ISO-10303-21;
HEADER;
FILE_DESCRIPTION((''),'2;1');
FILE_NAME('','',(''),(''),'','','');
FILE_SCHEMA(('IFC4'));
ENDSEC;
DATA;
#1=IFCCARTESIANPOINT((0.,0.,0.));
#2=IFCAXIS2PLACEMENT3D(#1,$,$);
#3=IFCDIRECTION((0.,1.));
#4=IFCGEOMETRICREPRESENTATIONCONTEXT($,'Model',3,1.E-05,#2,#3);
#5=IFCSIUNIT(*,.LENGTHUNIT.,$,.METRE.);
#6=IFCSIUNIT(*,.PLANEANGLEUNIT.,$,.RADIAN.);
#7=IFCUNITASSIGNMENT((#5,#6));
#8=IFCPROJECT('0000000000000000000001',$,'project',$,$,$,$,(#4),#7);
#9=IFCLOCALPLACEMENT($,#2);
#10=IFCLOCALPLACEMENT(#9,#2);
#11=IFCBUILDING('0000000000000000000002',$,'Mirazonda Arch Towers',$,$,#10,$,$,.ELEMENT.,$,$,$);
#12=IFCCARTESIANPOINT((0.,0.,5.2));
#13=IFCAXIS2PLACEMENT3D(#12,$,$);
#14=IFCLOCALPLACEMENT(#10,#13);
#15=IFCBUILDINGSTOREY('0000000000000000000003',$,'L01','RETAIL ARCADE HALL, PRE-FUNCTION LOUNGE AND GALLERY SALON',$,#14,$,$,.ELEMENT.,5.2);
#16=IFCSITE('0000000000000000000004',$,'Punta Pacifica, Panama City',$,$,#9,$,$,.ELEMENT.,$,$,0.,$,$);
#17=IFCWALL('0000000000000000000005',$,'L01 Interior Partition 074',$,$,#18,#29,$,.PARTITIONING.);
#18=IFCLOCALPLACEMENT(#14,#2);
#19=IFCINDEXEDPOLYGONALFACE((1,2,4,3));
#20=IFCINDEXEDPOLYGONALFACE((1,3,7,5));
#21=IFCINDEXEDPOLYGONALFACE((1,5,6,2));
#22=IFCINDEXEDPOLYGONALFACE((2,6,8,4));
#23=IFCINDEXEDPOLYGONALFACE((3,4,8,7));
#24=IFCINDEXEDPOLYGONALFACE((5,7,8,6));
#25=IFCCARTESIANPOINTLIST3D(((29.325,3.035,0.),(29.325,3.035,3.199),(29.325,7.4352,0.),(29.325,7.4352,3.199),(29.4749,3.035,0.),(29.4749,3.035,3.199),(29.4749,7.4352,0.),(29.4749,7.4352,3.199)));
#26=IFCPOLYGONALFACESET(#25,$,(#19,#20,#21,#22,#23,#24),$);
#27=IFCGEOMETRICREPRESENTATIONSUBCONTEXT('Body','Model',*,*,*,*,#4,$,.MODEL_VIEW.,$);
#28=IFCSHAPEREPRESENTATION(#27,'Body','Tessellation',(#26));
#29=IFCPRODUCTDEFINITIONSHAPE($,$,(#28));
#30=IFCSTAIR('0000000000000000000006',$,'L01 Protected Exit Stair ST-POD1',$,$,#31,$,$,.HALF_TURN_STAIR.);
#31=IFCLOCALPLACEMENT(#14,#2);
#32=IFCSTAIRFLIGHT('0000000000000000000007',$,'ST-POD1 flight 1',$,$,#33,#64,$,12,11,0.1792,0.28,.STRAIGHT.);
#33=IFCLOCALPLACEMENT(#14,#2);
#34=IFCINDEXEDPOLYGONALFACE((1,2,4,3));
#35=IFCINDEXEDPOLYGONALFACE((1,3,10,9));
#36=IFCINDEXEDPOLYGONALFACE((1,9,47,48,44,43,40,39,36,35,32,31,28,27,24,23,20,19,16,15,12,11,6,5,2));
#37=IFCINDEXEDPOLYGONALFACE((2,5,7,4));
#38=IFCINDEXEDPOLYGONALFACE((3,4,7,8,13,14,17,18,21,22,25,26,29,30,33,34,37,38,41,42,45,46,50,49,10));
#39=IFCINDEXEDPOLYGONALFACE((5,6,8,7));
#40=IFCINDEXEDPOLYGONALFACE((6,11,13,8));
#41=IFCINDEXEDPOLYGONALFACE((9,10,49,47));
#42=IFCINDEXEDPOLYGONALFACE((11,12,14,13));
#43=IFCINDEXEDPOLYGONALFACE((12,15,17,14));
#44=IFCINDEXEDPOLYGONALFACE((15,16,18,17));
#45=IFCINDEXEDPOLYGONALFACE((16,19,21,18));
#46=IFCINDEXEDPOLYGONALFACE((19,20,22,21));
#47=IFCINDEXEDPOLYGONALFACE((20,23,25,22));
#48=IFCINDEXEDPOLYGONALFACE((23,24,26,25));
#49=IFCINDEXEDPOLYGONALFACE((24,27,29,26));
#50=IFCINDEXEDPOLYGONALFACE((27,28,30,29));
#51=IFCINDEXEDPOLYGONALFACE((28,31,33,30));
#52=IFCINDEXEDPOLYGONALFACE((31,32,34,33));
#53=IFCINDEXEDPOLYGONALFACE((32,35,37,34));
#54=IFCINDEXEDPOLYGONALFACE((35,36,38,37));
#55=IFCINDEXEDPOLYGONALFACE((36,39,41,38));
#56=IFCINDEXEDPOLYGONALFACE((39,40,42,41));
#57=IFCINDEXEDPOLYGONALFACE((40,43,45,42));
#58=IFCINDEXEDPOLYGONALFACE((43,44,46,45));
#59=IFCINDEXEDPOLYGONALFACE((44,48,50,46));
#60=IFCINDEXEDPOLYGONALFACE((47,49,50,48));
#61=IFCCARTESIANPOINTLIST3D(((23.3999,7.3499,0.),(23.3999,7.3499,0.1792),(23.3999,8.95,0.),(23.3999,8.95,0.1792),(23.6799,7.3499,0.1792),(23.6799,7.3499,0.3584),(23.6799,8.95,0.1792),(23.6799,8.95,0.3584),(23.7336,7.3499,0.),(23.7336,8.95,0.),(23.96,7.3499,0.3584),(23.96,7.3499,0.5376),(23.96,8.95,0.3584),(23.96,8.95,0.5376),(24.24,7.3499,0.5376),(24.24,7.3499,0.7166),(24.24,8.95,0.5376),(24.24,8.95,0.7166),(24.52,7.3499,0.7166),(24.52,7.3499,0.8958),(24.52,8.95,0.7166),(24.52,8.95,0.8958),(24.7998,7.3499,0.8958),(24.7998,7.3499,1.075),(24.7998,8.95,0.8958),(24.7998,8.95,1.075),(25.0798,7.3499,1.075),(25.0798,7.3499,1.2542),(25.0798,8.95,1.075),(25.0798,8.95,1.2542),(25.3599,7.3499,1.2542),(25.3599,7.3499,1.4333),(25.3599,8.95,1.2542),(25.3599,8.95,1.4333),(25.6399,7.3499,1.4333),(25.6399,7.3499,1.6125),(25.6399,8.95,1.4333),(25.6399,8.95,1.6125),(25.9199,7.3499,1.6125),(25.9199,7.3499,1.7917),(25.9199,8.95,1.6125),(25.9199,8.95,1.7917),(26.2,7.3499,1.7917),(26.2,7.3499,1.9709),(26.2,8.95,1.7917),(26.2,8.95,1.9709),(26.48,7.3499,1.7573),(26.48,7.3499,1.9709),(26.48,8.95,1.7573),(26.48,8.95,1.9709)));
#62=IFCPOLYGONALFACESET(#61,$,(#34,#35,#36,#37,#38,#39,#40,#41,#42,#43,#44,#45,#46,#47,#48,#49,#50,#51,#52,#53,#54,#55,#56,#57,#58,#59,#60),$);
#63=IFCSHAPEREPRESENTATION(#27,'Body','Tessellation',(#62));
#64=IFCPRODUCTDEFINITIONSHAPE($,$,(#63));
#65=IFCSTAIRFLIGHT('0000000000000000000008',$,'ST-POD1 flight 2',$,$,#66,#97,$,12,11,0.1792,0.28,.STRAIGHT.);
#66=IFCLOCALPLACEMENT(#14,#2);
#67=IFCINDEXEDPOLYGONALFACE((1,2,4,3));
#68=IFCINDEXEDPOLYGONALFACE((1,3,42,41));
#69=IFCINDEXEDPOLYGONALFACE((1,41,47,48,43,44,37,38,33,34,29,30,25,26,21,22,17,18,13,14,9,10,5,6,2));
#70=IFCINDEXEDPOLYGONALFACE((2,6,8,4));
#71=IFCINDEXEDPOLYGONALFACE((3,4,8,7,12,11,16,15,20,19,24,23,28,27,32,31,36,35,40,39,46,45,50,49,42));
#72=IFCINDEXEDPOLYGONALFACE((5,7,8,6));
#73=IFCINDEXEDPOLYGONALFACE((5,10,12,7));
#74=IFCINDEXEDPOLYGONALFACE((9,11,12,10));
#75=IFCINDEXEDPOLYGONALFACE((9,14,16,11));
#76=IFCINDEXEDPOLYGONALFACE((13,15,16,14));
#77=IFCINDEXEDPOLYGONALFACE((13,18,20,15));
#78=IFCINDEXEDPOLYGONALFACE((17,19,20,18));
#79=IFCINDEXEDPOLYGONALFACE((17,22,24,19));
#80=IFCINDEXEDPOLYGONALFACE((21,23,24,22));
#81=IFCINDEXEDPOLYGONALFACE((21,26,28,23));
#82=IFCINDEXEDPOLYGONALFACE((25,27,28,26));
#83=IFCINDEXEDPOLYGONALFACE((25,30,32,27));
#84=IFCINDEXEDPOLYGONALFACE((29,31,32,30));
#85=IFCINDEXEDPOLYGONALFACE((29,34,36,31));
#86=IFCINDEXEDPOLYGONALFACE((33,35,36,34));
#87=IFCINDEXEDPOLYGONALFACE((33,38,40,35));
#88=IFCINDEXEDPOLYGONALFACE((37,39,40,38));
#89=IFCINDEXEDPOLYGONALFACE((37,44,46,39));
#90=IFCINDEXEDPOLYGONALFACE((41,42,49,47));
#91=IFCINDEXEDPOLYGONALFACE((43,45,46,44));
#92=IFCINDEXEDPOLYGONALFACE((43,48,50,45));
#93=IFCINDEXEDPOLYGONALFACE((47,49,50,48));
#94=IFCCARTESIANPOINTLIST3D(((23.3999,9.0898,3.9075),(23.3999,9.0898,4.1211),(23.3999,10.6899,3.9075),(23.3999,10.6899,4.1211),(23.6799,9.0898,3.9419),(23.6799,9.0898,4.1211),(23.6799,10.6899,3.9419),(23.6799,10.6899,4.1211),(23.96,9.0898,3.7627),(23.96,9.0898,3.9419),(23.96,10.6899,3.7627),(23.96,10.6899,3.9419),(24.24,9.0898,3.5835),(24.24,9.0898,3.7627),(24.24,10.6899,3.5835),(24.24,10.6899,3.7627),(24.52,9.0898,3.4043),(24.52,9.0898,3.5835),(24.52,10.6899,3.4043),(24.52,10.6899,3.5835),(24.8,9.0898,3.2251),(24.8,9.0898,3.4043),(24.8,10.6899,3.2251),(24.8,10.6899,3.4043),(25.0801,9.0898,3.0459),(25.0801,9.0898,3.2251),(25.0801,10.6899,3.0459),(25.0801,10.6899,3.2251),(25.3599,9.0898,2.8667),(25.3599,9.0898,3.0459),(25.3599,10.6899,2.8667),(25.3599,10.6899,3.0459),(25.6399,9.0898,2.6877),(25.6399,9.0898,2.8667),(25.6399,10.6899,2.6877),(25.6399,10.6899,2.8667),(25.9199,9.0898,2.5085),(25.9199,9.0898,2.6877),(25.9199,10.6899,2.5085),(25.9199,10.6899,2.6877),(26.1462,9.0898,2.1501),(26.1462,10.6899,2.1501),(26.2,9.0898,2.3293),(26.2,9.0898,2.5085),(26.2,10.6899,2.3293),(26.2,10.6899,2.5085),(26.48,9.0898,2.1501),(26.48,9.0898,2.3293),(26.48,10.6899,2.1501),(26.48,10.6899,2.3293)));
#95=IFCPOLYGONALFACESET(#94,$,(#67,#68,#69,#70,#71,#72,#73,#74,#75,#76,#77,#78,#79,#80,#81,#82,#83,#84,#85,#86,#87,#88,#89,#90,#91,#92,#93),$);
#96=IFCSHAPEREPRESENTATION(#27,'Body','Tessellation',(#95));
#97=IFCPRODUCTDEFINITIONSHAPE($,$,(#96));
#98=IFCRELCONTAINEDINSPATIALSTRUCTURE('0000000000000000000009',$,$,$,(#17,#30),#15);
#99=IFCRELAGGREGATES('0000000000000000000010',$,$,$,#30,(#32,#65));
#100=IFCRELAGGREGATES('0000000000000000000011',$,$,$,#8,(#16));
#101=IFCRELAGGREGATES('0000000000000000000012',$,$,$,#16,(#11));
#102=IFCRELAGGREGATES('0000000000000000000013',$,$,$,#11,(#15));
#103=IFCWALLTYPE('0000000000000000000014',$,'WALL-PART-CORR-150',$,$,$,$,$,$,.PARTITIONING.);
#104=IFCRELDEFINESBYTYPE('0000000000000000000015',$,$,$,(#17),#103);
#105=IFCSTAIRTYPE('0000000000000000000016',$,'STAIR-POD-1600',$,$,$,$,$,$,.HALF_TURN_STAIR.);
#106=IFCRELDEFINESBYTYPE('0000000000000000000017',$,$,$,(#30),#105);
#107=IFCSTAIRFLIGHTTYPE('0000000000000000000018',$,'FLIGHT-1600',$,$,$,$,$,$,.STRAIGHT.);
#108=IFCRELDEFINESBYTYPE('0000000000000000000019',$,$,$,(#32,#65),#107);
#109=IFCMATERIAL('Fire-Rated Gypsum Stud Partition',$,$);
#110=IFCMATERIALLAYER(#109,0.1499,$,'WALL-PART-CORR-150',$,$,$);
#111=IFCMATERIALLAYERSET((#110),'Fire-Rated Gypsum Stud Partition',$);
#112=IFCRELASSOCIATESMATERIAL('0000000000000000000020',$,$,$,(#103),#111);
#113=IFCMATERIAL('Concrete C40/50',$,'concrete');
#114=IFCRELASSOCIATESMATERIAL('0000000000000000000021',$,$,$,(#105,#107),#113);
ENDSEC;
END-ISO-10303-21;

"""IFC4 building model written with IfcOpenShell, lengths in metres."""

from ifc_helpers import new_model, si_unit, direction, frame, frame_2d, origin, place, context, subcontext, project, spatial, polyline, rectangle, outline, extrude, material, layer, layer_set, type_object, element, aggregate, save


model = new_model("IFC4")

# Units and contexts
model_context = context("Model", 3, precision=1e-05, world=origin(), true_north=direction((0.0, 1.0)))
body_context = subcontext(model_context, "Body", "Model", "MODEL_VIEW")
ifc_project = project(units=[si_unit("LENGTHUNIT", "METRE"), si_unit("PLANEANGLEUNIT", "RADIAN")], contexts=[model_context])

# Site, building, storey
site_placement = place(None, origin())
site = spatial("IfcSite", under=ifc_project, at=site_placement, Name="Punta Pacifica, Panama City", CompositionType="ELEMENT", RefElevation=0.0)
building_placement = place(site_placement, origin())
building = spatial("IfcBuilding", under=site, at=building_placement, Name="Mirazonda Arch Towers", CompositionType="ELEMENT")
storey_placement = place(building_placement, frame((0.0, 0.0, 5.2)))
storey = spatial("IfcBuildingStorey", under=building, at=storey_placement, Name="L01", Description="RETAIL ARCADE HALL, PRE-FUNCTION LOUNGE AND GALLERY SALON", CompositionType="ELEMENT", Elevation=5.2)

# Wall
ifc_material_1 = material(Name="Fire-Rated Gypsum Stud Partition")
ifc_layer_1 = layer(ifc_material_1, 0.1499, Name="WALL-PART-CORR-150")
ifc_layer_set_1 = layer_set([ifc_layer_1], Name="Fire-Rated Gypsum Stud Partition")
wall_type_1 = type_object("IfcWallType", Name="WALL-PART-CORR-150", PredefinedType="PARTITIONING", material=ifc_layer_set_1)
wall_1_placement = place(storey_placement, frame((29.3999, 3.0349, 0.0), z_axis=(0.0, 0.0, 1.0), x_axis=(0.0, 1.0, 0.0)))
element("IfcWall", 1, at=wall_1_placement, inside=storey, type_object=wall_type_1, Name="L01 Interior Partition 074", PredefinedType="PARTITIONING", context=body_context, shape_type="SweptSolid", body=[
    extrude(rectangle(XDim=4.4001, YDim=0.1499, at=frame_2d((2.2002, 0.0))), origin(), (0.0, 0.0, 1.0), 3.199),
])

# Stair, stair flights
ifc_material_2 = material(Name="Concrete C40/50", Category="concrete")
stair_type = type_object("IfcStairType", Name="STAIR-POD-1600", PredefinedType="HALF_TURN_STAIR", material=ifc_material_2)
stair_placement = place(storey_placement, origin())
stair = element("IfcStair", 2, at=stair_placement, inside=storey, type_object=stair_type, Name="L01 Protected Exit Stair ST-POD1", PredefinedType="HALF_TURN_STAIR")
stair_flight_type = type_object("IfcStairFlightType", Name="FLIGHT-1600", PredefinedType="STRAIGHT", material=ifc_material_2)
stair_flight_1_placement = place(storey_placement, frame((23.3999, 8.1499, 0.0), z_axis=(0.0, 0.0, 1.0), x_axis=(1.0, 0.0, 0.0)))
stair_flight_1 = element("IfcStairFlight", 3, at=stair_flight_1_placement, type_object=stair_flight_type, Name="ST-POD1 flight 1", NumberOfRisers=12, NumberOfTreads=11, PredefinedType="STRAIGHT", RiserHeight=0.1792, TreadLength=0.28, context=body_context, shape_type="SweptSolid", body=[
    extrude(outline(polyline([(0.0, 0.0), (0.0, 0.1792), (0.28, 0.1792), (0.28, 0.3584), (0.5601, 0.3584), (0.5601, 0.5376), (0.8401, 0.5376), (0.8401, 0.7166), (1.1201, 0.7166), (1.1201, 0.8958), (1.3999, 0.8958), (1.3999, 1.075), (1.6799, 1.075), (1.6799, 1.2542), (1.96, 1.2542), (1.96, 1.4333), (2.24, 1.4333), (2.24, 1.6125), (2.52, 1.6125), (2.52, 1.7917), (2.8, 1.7917), (2.8, 1.9709), (3.0801, 1.9709), (3.0801, 2.1499), (3.0801, 1.7573), (0.3337, 0.0), (0.0, 0.0)])), frame((0.0, 0.8, 0.0), z_axis=(0.0, -1.0, 0.0), x_axis=(1.0, 0.0, 0.0)), (0.0, 0.0, 1.0), 1.6001),
])
stair_flight_2_placement = place(storey_placement, frame((26.48, 9.8899, 2.1501), z_axis=(0.0, 0.0, 1.0), x_axis=(-1.0, 0.0, 0.0)))
stair_flight_2 = element("IfcStairFlight", 4, at=stair_flight_2_placement, type_object=stair_flight_type, Name="ST-POD1 flight 2", NumberOfRisers=12, NumberOfTreads=11, PredefinedType="STRAIGHT", RiserHeight=0.1792, TreadLength=0.28, context=body_context, shape_type="SweptSolid", body=[
    extrude(outline(polyline([(0.0, 0.0), (0.0, 0.1792), (0.28, 0.1792), (0.28, 0.3584), (0.5601, 0.3584), (0.5601, 0.5376), (0.8401, 0.5376), (0.8401, 0.7166), (1.1201, 0.7166), (1.1201, 0.8958), (1.3999, 0.8958), (1.3999, 1.075), (1.6799, 1.075), (1.6799, 1.2542), (1.96, 1.2542), (1.96, 1.4333), (2.24, 1.4333), (2.24, 1.6125), (2.52, 1.6125), (2.52, 1.7917), (2.8, 1.7917), (2.8, 1.9709), (3.0801, 1.9709), (3.0801, 2.1499), (3.0801, 1.7573), (0.3337, 0.0), (0.0, 0.0)])), frame((0.0, 0.8, 0.0), z_axis=(0.0, -1.0, 0.0), x_axis=(1.0, 0.0, 0.0)), (0.0, 0.0, 1.0), 1.6001),
])
aggregate(stair, [stair_flight_1, stair_flight_2])

save(model, "model.ifc")
